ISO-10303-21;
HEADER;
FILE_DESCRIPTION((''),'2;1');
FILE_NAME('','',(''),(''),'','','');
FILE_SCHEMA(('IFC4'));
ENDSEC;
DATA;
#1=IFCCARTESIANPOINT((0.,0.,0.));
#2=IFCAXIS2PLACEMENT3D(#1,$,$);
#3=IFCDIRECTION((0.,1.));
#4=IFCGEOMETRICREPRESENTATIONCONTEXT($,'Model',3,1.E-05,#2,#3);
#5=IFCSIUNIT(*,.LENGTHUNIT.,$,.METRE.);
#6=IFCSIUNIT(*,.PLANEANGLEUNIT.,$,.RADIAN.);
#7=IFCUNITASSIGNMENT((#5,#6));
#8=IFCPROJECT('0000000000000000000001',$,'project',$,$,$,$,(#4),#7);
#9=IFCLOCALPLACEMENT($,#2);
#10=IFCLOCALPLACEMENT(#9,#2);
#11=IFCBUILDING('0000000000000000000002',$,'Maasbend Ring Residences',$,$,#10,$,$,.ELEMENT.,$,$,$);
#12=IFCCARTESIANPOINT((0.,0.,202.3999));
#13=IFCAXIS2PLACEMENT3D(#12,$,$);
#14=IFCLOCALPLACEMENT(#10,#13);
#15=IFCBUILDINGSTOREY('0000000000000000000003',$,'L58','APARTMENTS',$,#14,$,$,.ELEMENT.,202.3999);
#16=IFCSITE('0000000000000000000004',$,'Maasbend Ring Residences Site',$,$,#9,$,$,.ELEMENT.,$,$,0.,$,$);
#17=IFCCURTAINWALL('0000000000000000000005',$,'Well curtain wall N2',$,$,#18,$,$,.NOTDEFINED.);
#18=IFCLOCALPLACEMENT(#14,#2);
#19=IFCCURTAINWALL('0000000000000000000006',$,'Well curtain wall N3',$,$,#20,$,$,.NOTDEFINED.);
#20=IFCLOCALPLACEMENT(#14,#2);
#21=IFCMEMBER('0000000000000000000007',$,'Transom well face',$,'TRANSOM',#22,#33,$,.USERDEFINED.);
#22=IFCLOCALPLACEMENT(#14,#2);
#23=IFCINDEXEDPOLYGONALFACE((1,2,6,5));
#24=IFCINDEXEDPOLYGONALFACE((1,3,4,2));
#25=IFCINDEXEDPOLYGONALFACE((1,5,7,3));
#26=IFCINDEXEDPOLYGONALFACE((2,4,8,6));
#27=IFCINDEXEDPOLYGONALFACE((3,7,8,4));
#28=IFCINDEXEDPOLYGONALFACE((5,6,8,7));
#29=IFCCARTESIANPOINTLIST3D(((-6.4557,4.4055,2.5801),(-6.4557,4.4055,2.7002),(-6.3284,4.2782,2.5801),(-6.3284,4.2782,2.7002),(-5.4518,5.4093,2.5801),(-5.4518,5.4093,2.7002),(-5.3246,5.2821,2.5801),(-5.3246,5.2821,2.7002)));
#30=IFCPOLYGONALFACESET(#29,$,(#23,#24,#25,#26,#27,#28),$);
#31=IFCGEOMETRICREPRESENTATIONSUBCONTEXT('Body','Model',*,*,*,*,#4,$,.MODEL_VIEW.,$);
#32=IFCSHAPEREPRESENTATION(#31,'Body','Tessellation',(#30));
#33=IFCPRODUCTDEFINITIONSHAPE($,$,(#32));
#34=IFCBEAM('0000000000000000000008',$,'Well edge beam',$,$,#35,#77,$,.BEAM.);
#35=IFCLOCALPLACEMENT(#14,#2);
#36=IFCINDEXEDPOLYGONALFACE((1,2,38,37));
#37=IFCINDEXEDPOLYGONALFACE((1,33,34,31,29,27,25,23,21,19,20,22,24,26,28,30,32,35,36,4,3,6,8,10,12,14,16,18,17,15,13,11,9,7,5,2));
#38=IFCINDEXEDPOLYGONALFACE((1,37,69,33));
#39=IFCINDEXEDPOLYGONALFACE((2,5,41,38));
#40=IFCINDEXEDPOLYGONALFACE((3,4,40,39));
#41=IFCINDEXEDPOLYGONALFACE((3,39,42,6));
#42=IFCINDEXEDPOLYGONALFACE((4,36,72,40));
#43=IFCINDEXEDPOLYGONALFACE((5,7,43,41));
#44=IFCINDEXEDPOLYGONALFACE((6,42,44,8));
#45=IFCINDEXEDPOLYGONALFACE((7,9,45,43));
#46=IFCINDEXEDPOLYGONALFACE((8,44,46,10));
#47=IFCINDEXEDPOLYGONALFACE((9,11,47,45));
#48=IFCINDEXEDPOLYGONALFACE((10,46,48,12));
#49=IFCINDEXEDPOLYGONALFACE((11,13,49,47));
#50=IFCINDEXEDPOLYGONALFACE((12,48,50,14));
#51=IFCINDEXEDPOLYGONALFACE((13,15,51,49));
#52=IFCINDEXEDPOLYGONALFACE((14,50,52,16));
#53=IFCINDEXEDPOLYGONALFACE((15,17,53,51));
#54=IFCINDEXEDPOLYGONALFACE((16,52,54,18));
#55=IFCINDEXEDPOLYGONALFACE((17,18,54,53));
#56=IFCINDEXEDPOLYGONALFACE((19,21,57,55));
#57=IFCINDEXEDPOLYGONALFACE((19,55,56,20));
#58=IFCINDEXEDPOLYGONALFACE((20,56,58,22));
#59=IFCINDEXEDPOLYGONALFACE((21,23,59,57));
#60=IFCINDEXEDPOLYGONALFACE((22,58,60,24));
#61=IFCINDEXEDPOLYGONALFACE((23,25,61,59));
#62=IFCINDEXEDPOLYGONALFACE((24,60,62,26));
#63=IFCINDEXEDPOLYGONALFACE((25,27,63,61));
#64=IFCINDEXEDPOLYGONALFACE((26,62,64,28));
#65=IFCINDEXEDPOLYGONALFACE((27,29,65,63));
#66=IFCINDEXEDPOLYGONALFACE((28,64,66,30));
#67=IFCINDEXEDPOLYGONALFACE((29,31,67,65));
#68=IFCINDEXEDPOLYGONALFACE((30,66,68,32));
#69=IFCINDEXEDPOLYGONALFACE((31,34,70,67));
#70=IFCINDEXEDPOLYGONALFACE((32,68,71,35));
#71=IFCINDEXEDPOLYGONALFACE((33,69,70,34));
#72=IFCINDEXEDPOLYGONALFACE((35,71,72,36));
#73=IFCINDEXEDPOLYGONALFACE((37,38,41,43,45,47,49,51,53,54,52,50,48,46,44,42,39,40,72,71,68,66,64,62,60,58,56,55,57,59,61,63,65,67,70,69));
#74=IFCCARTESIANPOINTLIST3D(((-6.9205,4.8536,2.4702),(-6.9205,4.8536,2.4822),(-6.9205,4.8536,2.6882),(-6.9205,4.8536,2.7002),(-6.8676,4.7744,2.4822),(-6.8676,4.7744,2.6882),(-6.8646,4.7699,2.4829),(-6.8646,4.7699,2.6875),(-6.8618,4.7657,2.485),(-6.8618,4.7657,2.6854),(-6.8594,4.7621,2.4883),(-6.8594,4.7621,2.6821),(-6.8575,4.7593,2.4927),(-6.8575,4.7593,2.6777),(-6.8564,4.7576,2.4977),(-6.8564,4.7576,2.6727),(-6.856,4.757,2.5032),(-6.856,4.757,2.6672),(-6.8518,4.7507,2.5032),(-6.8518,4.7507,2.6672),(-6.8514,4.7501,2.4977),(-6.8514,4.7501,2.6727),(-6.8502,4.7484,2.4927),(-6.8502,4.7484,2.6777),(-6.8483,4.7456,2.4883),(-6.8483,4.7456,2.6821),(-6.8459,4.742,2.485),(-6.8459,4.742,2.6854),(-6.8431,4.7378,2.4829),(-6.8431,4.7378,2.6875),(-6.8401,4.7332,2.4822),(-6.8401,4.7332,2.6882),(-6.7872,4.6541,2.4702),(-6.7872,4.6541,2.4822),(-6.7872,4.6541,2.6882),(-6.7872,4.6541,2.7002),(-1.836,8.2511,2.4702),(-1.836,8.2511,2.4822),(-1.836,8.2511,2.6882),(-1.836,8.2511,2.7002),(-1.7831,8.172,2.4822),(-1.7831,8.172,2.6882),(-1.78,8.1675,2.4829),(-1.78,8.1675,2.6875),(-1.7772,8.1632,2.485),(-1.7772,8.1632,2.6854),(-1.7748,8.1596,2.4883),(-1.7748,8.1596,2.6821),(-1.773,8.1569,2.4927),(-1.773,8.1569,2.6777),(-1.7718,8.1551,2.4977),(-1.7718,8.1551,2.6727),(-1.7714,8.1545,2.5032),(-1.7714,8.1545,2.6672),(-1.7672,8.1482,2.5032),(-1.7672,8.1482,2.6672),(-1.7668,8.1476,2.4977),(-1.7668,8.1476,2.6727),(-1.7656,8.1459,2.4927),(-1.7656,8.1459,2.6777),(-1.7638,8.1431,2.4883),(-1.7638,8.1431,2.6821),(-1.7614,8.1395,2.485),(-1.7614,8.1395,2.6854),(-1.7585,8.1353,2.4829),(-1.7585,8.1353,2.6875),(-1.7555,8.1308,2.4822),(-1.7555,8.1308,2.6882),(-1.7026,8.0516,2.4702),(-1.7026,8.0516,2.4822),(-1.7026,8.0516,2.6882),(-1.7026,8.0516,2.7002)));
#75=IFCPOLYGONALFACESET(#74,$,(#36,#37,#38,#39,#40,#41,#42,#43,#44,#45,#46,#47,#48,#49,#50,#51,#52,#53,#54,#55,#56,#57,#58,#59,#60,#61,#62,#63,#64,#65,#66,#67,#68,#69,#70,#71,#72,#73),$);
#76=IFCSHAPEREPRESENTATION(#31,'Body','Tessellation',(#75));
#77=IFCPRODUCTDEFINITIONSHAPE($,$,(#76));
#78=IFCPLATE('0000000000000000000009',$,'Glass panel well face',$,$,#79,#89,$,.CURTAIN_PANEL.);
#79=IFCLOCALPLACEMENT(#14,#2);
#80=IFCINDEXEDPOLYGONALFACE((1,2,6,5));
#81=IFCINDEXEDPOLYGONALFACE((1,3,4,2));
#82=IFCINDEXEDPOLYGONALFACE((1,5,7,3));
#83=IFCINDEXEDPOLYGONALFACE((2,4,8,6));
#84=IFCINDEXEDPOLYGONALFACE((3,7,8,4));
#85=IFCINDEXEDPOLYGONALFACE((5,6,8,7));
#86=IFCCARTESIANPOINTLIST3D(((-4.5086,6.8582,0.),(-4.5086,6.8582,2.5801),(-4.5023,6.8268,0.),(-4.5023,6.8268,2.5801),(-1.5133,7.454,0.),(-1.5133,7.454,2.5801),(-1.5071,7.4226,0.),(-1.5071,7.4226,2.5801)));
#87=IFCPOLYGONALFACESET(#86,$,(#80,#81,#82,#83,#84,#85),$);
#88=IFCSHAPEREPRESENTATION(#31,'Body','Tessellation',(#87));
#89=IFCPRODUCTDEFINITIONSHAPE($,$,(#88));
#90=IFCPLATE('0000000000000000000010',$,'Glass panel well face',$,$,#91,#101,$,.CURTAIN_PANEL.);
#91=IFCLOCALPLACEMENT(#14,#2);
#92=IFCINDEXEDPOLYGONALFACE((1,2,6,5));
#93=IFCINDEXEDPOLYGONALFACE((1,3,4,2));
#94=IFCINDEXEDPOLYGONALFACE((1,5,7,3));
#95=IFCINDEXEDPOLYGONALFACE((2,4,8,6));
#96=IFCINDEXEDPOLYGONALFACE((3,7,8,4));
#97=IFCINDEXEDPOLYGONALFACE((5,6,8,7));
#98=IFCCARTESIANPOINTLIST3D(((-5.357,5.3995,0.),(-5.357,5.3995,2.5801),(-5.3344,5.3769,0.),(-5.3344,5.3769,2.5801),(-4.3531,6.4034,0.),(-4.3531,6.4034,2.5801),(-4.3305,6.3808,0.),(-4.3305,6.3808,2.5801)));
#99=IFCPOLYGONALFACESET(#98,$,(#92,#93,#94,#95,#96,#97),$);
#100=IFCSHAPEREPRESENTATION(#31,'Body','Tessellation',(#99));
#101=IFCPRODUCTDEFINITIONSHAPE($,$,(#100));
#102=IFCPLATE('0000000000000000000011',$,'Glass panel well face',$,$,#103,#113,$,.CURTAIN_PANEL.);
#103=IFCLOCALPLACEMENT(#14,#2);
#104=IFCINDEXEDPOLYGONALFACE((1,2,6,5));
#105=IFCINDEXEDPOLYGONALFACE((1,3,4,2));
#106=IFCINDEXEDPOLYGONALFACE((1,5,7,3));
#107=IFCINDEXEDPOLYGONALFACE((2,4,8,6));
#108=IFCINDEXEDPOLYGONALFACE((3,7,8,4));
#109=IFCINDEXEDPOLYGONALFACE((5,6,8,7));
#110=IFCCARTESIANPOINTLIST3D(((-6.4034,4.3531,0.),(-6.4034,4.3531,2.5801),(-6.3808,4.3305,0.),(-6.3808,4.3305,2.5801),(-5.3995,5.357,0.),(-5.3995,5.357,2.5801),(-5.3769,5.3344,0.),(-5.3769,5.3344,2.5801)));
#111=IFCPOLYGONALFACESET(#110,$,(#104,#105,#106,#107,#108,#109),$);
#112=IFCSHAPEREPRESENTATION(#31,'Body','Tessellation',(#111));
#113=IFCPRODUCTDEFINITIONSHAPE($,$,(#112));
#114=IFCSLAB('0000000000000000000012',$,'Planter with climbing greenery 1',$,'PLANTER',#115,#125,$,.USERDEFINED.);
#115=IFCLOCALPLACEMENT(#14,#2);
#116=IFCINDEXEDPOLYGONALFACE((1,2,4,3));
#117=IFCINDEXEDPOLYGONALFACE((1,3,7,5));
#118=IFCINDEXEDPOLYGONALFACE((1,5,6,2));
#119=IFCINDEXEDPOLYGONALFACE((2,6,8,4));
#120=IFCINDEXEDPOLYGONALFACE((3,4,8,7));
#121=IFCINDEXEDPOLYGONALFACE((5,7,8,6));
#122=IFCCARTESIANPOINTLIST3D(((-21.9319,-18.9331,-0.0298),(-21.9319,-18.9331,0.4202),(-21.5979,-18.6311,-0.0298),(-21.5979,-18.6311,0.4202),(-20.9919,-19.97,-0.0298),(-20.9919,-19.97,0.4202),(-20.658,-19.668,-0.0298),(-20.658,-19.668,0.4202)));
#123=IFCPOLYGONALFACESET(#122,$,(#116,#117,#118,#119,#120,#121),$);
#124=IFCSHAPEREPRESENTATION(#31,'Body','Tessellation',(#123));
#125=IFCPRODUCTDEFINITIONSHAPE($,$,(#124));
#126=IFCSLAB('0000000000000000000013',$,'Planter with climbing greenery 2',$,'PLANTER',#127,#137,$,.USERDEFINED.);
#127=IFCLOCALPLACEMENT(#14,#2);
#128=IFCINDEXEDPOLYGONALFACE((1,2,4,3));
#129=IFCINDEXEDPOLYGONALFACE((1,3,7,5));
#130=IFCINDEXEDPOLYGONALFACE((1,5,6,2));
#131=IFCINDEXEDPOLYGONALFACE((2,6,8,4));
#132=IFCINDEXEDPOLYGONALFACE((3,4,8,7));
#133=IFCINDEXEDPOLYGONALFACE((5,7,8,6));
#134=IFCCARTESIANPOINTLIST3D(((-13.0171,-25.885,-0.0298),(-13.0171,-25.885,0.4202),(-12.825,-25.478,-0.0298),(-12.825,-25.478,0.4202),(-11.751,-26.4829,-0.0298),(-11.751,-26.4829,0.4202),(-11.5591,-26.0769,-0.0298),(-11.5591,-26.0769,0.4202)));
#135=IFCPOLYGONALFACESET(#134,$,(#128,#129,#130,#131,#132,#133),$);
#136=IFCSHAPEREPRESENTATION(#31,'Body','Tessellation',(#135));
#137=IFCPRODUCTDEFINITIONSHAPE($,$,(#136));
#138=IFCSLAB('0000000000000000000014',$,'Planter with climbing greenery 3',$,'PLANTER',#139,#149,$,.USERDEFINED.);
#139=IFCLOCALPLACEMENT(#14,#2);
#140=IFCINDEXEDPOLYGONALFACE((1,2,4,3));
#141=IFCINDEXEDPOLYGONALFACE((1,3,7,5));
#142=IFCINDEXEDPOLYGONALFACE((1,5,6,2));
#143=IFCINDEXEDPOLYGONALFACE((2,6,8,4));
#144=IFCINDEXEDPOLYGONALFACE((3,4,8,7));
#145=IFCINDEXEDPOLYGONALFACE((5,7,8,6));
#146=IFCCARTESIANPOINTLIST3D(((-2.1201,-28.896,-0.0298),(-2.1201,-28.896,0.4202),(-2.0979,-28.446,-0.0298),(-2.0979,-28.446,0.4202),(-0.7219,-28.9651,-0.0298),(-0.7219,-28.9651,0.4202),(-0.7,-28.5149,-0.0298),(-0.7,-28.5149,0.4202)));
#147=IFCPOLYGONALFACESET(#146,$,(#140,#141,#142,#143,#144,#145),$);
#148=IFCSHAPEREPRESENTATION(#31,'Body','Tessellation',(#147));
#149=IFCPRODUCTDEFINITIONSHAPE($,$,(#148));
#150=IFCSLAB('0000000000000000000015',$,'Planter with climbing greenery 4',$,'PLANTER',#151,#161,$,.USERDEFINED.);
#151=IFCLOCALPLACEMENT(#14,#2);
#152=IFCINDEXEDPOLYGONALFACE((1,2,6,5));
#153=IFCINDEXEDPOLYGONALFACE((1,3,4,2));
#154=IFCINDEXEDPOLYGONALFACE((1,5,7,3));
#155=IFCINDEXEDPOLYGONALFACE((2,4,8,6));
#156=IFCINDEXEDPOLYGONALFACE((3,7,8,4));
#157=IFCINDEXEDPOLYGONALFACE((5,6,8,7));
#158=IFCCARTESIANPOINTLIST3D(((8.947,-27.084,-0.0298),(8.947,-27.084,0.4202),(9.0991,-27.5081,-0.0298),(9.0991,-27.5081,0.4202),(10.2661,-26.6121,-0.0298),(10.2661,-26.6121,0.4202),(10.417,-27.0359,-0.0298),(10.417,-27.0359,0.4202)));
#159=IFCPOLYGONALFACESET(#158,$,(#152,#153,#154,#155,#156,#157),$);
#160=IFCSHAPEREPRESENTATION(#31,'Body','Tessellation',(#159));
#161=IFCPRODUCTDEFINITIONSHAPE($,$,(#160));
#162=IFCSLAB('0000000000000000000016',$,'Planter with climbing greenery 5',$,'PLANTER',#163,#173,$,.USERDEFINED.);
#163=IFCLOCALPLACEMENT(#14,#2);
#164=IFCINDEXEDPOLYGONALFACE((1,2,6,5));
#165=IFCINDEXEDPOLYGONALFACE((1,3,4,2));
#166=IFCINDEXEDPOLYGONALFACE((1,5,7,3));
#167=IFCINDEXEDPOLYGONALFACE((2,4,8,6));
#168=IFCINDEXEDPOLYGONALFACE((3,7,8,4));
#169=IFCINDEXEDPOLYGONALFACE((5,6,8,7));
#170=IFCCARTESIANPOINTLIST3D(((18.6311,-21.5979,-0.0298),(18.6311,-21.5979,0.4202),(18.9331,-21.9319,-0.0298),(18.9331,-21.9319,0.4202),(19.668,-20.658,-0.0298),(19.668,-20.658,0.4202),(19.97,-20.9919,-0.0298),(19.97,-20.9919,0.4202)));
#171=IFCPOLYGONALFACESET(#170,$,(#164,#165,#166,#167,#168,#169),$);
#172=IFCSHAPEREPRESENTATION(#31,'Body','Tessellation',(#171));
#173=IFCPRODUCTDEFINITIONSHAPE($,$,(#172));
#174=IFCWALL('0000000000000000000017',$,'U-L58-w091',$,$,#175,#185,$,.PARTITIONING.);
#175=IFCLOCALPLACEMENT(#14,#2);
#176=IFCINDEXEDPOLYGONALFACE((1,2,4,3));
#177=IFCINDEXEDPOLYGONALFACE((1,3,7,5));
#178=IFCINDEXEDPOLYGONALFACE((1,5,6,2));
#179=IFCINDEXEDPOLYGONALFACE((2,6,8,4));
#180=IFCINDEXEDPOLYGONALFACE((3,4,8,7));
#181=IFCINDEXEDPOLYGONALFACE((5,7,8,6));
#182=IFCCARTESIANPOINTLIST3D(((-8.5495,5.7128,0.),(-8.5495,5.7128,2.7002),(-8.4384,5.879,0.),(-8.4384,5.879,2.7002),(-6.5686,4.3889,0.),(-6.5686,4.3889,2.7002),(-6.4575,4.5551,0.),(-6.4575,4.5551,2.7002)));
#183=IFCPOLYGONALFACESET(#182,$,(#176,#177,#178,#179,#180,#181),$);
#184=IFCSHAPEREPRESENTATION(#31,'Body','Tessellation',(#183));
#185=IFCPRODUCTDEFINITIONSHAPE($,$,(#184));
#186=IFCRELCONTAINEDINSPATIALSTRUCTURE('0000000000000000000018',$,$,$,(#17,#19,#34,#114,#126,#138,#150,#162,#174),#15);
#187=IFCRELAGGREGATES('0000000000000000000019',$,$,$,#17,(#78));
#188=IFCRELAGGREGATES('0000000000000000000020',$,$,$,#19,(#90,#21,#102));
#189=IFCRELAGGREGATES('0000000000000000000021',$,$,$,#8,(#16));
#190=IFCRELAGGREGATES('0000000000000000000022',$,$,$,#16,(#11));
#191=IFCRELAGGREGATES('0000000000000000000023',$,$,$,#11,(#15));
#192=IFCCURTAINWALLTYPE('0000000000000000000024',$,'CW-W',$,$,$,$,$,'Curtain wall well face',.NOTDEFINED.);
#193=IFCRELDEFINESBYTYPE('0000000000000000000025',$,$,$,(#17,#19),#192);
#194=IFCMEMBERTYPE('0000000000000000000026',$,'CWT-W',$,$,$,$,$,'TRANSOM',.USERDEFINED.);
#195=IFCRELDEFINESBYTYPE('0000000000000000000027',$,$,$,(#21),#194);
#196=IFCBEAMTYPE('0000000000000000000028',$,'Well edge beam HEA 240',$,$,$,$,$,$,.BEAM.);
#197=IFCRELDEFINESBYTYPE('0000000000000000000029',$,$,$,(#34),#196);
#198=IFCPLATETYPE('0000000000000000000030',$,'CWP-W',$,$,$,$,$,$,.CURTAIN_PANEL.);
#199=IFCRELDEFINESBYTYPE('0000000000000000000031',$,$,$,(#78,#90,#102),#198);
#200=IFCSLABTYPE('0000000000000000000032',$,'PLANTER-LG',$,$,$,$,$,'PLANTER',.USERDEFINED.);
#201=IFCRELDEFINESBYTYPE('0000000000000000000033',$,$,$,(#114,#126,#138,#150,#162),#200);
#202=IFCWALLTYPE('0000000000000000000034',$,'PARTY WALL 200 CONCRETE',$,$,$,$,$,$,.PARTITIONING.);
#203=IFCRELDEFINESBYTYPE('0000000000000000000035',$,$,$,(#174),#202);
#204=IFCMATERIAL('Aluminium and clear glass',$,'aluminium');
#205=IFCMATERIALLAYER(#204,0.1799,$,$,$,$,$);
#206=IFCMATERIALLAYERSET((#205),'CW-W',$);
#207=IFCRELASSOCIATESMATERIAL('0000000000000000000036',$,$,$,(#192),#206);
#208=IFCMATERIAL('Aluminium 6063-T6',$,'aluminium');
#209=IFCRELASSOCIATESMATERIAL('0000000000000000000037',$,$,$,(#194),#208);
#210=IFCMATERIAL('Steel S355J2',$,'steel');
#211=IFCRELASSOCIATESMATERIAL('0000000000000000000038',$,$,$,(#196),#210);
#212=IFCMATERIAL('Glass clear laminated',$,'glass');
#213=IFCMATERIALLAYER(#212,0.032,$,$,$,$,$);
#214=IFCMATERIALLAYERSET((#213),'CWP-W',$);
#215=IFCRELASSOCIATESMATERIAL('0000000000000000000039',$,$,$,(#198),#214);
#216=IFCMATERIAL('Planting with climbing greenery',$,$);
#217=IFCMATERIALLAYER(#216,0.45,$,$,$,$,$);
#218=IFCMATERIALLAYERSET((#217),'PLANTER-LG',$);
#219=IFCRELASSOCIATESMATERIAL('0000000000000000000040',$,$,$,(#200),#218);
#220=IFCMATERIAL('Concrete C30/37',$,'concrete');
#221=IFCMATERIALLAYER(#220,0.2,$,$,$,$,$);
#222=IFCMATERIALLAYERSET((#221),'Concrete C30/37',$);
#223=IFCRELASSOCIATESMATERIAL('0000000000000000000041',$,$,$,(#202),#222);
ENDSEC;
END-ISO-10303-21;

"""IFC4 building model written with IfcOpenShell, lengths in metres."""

from ifc_helpers import new_model, si_unit, direction, frame, frame_2d, origin, origin_2d, place, context, subcontext, project, spatial, polyline, rectangle, i_section, outline, extrude, material, layer, layer_set, material_profile, profile_set, type_object, element, aggregate, save


model = new_model("IFC4")

# Units and contexts
model_context = context("Model", 3, precision=1e-05, world=origin(), true_north=direction((0.0, 1.0)))
body_context = subcontext(model_context, "Body", "Model", "MODEL_VIEW")
ifc_project = project(units=[si_unit("LENGTHUNIT", "METRE"), si_unit("PLANEANGLEUNIT", "RADIAN")], contexts=[model_context])

# Site, building, storey
site_placement = place(None, origin())
site = spatial("IfcSite", under=ifc_project, at=site_placement, Name="Maasbend Ring Residences Site", CompositionType="ELEMENT", RefElevation=0.0)
building_placement = place(site_placement, origin())
building = spatial("IfcBuilding", under=site, at=building_placement, Name="Maasbend Ring Residences", CompositionType="ELEMENT")
storey_placement = place(building_placement, frame((0.0, 0.0, 202.3999)))
storey = spatial("IfcBuildingStorey", under=building, at=storey_placement, Name="L58", Description="APARTMENTS", CompositionType="ELEMENT", Elevation=202.3999)

# Curtain walls
ifc_material_1 = material(Name="Aluminium and clear glass", Category="aluminium")
ifc_layer_1 = layer(ifc_material_1, 0.1799)
ifc_layer_set_1 = layer_set([ifc_layer_1], Name="CW-W")
curtain_wall_type = type_object("IfcCurtainWallType", Name="CW-W", ElementType="Curtain wall well face", PredefinedType="NOTDEFINED", material=ifc_layer_set_1)
curtain_wall_1_placement = place(storey_placement, origin())
curtain_wall_1 = element("IfcCurtainWall", 1, at=curtain_wall_1_placement, inside=storey, type_object=curtain_wall_type, Name="Well curtain wall N2", PredefinedType="NOTDEFINED")
curtain_wall_2_placement = place(storey_placement, origin())
curtain_wall_2 = element("IfcCurtainWall", 2, at=curtain_wall_2_placement, inside=storey, type_object=curtain_wall_type, Name="Well curtain wall N3", PredefinedType="NOTDEFINED")

# Member
ifc_material_2 = material(Name="Aluminium 6063-T6", Category="aluminium")
ifc_material_profile_1 = material_profile(ifc_material_2, rectangle(XDim=0.1799, YDim=0.1201, at=origin_2d()), Name="AL 180x120")
ifc_profile_set_1 = profile_set([ifc_material_profile_1], Name="Aluminium 6063-T6")
member_type_1 = type_object("IfcMemberType", Name="CWT-W", ElementType="TRANSOM", PredefinedType="USERDEFINED", material=ifc_profile_set_1)
member_1_placement = place(storey_placement, frame((-5.3882, 5.3457, 2.6401), z_axis=(-0.707107, -0.707107, 0.0), x_axis=(0.707107, -0.707107, 0.0)))
member_1 = element("IfcMember", 3, at=member_1_placement, type_object=member_type_1, Name="Transom well face", ObjectType="TRANSOM", PredefinedType="USERDEFINED", context=body_context, shape_type="SweptSolid", body=[
    extrude(rectangle(XDim=0.1799, YDim=0.1201, at=origin_2d()), origin(), (0.0, 0.0, 1.0), 1.4197),
])

# Beam
ifc_material_3 = material(Name="Steel S355J2", Category="steel")
ifc_material_profile_2 = material_profile(ifc_material_3, i_section(OverallWidth=0.24, OverallDepth=0.23, WebThickness=0.0076, FlangeThickness=0.012, FilletRadius=0.021, at=origin_2d()), Name="HEA 240")
ifc_profile_set_2 = profile_set([ifc_material_profile_2], Name="Steel S355J2")
beam_type = type_object("IfcBeamType", Name="Well edge beam HEA 240", PredefinedType="BEAM", material=ifc_profile_set_2)
beam_placement = place(storey_placement, frame((-1.7693, 8.1514, 2.5852), z_axis=(-0.83146, -0.555584, 0.0), x_axis=(0.555584, -0.83146, 0.0)))
element("IfcBeam", 4, at=beam_placement, inside=storey, type_object=beam_type, Name="Well edge beam", PredefinedType="BEAM", context=body_context, shape_type="SweptSolid", body=[
    extrude(i_section(OverallWidth=0.24, OverallDepth=0.23, WebThickness=0.0076, FlangeThickness=0.012, FilletRadius=0.021, at=origin_2d()), origin(), (0.0, 0.0, 1.0), 6.1152),
])

# Plates
ifc_material_4 = material(Name="Glass clear laminated", Category="glass")
ifc_layer_2 = layer(ifc_material_4, 0.032)
ifc_layer_set_2 = layer_set([ifc_layer_2], Name="CWP-W")
plate_type = type_object("IfcPlateType", Name="CWP-W", PredefinedType="CURTAIN_PANEL", material=ifc_layer_set_2)
plate_1_placement = place(storey_placement, frame((-3.0078, 7.1404, 0.0), z_axis=(0.0, 0.0, 1.0), x_axis=(-0.980785, -0.19509, 0.0)))
plate_1 = element("IfcPlate", 5, at=plate_1_placement, type_object=plate_type, Name="Glass panel well face", PredefinedType="CURTAIN_PANEL", context=body_context, shape_type="SweptSolid", body=[
    extrude(rectangle(XDim=3.054, YDim=0.032, at=origin_2d()), origin(), (0.0, 0.0, 1.0), 2.5801),
])
aggregate(curtain_wall_1, [plate_1])
plate_2_placement = place(storey_placement, frame((-4.8438, 5.8901, 0.0), z_axis=(0.0, 0.0, 1.0), x_axis=(-0.707107, -0.707107, 0.0)))
plate_2 = element("IfcPlate", 6, at=plate_2_placement, type_object=plate_type, Name="Glass panel well face", PredefinedType="CURTAIN_PANEL", context=body_context, shape_type="SweptSolid", body=[
    extrude(rectangle(XDim=1.4197, YDim=0.032, at=origin_2d()), origin(), (0.0, 0.0, 1.0), 2.5801),
])
plate_3_placement = place(storey_placement, frame((-5.8901, 4.8438, 0.0), z_axis=(0.0, 0.0, 1.0), x_axis=(-0.707107, -0.707107, 0.0)))
plate_3 = element("IfcPlate", 7, at=plate_3_placement, type_object=plate_type, Name="Glass panel well face", PredefinedType="CURTAIN_PANEL", context=body_context, shape_type="SweptSolid", body=[
    extrude(rectangle(XDim=1.4197, YDim=0.032, at=origin_2d()), origin(), (0.0, 0.0, 1.0), 2.5801),
])
aggregate(curtain_wall_2, [plate_2, member_1, plate_3])

# Slabs
ifc_material_5 = material(Name="Planting with climbing greenery")
ifc_layer_3 = layer(ifc_material_5, 0.45)
ifc_layer_set_3 = layer_set([ifc_layer_3], Name="PLANTER-LG")
slab_type_1 = type_object("IfcSlabType", Name="PLANTER-LG", ElementType="PLANTER", PredefinedType="USERDEFINED", material=ifc_layer_set_3)
slab_1_placement = place(storey_placement, frame((0.0, 0.0, -0.0298)))
element("IfcSlab", 8, at=slab_1_placement, inside=storey, type_object=slab_type_1, Name="Planter with climbing greenery 1", ObjectType="PLANTER", PredefinedType="USERDEFINED", context=body_context, shape_type="SweptSolid", body=[
    extrude(outline(polyline([(-21.9319, -18.9331), (-20.9919, -19.97), (-20.658, -19.668), (-21.5979, -18.6311), (-21.9319, -18.9331)])), origin(), (0.0, 0.0, 1.0), 0.45),
])
slab_2_placement = place(storey_placement, frame((0.0, 0.0, -0.0298)))
element("IfcSlab", 9, at=slab_2_placement, inside=storey, type_object=slab_type_1, Name="Planter with climbing greenery 2", ObjectType="PLANTER", PredefinedType="USERDEFINED", context=body_context, shape_type="SweptSolid", body=[
    extrude(outline(polyline([(-13.0171, -25.885), (-11.751, -26.4829), (-11.5591, -26.0769), (-12.825, -25.478), (-13.0171, -25.885)])), origin(), (0.0, 0.0, 1.0), 0.45),
])
slab_3_placement = place(storey_placement, frame((0.0, 0.0, -0.0298)))
element("IfcSlab", 10, at=slab_3_placement, inside=storey, type_object=slab_type_1, Name="Planter with climbing greenery 3", ObjectType="PLANTER", PredefinedType="USERDEFINED", context=body_context, shape_type="SweptSolid", body=[
    extrude(outline(polyline([(-2.1201, -28.896), (-0.7219, -28.9651), (-0.7, -28.5149), (-2.0979, -28.446), (-2.1201, -28.896)])), origin(), (0.0, 0.0, 1.0), 0.45),
])
slab_4_placement = place(storey_placement, frame((0.0, 0.0, -0.0298)))
element("IfcSlab", 11, at=slab_4_placement, inside=storey, type_object=slab_type_1, Name="Planter with climbing greenery 4", ObjectType="PLANTER", PredefinedType="USERDEFINED", context=body_context, shape_type="SweptSolid", body=[
    extrude(outline(polyline([(9.0991, -27.5081), (10.417, -27.0359), (10.2661, -26.6121), (8.947, -27.084), (9.0991, -27.5081)])), origin(), (0.0, 0.0, 1.0), 0.45),
])
slab_5_placement = place(storey_placement, frame((0.0, 0.0, -0.0298)))
element("IfcSlab", 12, at=slab_5_placement, inside=storey, type_object=slab_type_1, Name="Planter with climbing greenery 5", ObjectType="PLANTER", PredefinedType="USERDEFINED", context=body_context, shape_type="SweptSolid", body=[
    extrude(outline(polyline([(18.9331, -21.9319), (19.97, -20.9919), (19.668, -20.658), (18.6311, -21.5979), (18.9331, -21.9319)])), origin(), (0.0, 0.0, 1.0), 0.45),
])

# Wall
ifc_material_6 = material(Name="Concrete C30/37", Category="concrete")
ifc_layer_4 = layer(ifc_material_6, 0.2)
ifc_layer_set_4 = layer_set([ifc_layer_4], Name="Concrete C30/37")
wall_type = type_object("IfcWallType", Name="PARTY WALL 200 CONCRETE", PredefinedType="PARTITIONING", material=ifc_layer_set_4)
wall_placement = place(storey_placement, frame((-6.5129, 4.4719, 0.0), z_axis=(0.0, 0.0, 1.0), x_axis=(-0.831403, 0.555669, 0.0)))
element("IfcWall", 13, at=wall_placement, inside=storey, type_object=wall_type, Name="U-L58-w091", PredefinedType="PARTITIONING", context=body_context, shape_type="SweptSolid", body=[
    extrude(rectangle(XDim=2.3826, YDim=0.2, at=frame_2d((1.1914, 0.0))), origin(), (0.0, 0.0, 1.0), 2.7002),
])

save(model, "model.ifc")
